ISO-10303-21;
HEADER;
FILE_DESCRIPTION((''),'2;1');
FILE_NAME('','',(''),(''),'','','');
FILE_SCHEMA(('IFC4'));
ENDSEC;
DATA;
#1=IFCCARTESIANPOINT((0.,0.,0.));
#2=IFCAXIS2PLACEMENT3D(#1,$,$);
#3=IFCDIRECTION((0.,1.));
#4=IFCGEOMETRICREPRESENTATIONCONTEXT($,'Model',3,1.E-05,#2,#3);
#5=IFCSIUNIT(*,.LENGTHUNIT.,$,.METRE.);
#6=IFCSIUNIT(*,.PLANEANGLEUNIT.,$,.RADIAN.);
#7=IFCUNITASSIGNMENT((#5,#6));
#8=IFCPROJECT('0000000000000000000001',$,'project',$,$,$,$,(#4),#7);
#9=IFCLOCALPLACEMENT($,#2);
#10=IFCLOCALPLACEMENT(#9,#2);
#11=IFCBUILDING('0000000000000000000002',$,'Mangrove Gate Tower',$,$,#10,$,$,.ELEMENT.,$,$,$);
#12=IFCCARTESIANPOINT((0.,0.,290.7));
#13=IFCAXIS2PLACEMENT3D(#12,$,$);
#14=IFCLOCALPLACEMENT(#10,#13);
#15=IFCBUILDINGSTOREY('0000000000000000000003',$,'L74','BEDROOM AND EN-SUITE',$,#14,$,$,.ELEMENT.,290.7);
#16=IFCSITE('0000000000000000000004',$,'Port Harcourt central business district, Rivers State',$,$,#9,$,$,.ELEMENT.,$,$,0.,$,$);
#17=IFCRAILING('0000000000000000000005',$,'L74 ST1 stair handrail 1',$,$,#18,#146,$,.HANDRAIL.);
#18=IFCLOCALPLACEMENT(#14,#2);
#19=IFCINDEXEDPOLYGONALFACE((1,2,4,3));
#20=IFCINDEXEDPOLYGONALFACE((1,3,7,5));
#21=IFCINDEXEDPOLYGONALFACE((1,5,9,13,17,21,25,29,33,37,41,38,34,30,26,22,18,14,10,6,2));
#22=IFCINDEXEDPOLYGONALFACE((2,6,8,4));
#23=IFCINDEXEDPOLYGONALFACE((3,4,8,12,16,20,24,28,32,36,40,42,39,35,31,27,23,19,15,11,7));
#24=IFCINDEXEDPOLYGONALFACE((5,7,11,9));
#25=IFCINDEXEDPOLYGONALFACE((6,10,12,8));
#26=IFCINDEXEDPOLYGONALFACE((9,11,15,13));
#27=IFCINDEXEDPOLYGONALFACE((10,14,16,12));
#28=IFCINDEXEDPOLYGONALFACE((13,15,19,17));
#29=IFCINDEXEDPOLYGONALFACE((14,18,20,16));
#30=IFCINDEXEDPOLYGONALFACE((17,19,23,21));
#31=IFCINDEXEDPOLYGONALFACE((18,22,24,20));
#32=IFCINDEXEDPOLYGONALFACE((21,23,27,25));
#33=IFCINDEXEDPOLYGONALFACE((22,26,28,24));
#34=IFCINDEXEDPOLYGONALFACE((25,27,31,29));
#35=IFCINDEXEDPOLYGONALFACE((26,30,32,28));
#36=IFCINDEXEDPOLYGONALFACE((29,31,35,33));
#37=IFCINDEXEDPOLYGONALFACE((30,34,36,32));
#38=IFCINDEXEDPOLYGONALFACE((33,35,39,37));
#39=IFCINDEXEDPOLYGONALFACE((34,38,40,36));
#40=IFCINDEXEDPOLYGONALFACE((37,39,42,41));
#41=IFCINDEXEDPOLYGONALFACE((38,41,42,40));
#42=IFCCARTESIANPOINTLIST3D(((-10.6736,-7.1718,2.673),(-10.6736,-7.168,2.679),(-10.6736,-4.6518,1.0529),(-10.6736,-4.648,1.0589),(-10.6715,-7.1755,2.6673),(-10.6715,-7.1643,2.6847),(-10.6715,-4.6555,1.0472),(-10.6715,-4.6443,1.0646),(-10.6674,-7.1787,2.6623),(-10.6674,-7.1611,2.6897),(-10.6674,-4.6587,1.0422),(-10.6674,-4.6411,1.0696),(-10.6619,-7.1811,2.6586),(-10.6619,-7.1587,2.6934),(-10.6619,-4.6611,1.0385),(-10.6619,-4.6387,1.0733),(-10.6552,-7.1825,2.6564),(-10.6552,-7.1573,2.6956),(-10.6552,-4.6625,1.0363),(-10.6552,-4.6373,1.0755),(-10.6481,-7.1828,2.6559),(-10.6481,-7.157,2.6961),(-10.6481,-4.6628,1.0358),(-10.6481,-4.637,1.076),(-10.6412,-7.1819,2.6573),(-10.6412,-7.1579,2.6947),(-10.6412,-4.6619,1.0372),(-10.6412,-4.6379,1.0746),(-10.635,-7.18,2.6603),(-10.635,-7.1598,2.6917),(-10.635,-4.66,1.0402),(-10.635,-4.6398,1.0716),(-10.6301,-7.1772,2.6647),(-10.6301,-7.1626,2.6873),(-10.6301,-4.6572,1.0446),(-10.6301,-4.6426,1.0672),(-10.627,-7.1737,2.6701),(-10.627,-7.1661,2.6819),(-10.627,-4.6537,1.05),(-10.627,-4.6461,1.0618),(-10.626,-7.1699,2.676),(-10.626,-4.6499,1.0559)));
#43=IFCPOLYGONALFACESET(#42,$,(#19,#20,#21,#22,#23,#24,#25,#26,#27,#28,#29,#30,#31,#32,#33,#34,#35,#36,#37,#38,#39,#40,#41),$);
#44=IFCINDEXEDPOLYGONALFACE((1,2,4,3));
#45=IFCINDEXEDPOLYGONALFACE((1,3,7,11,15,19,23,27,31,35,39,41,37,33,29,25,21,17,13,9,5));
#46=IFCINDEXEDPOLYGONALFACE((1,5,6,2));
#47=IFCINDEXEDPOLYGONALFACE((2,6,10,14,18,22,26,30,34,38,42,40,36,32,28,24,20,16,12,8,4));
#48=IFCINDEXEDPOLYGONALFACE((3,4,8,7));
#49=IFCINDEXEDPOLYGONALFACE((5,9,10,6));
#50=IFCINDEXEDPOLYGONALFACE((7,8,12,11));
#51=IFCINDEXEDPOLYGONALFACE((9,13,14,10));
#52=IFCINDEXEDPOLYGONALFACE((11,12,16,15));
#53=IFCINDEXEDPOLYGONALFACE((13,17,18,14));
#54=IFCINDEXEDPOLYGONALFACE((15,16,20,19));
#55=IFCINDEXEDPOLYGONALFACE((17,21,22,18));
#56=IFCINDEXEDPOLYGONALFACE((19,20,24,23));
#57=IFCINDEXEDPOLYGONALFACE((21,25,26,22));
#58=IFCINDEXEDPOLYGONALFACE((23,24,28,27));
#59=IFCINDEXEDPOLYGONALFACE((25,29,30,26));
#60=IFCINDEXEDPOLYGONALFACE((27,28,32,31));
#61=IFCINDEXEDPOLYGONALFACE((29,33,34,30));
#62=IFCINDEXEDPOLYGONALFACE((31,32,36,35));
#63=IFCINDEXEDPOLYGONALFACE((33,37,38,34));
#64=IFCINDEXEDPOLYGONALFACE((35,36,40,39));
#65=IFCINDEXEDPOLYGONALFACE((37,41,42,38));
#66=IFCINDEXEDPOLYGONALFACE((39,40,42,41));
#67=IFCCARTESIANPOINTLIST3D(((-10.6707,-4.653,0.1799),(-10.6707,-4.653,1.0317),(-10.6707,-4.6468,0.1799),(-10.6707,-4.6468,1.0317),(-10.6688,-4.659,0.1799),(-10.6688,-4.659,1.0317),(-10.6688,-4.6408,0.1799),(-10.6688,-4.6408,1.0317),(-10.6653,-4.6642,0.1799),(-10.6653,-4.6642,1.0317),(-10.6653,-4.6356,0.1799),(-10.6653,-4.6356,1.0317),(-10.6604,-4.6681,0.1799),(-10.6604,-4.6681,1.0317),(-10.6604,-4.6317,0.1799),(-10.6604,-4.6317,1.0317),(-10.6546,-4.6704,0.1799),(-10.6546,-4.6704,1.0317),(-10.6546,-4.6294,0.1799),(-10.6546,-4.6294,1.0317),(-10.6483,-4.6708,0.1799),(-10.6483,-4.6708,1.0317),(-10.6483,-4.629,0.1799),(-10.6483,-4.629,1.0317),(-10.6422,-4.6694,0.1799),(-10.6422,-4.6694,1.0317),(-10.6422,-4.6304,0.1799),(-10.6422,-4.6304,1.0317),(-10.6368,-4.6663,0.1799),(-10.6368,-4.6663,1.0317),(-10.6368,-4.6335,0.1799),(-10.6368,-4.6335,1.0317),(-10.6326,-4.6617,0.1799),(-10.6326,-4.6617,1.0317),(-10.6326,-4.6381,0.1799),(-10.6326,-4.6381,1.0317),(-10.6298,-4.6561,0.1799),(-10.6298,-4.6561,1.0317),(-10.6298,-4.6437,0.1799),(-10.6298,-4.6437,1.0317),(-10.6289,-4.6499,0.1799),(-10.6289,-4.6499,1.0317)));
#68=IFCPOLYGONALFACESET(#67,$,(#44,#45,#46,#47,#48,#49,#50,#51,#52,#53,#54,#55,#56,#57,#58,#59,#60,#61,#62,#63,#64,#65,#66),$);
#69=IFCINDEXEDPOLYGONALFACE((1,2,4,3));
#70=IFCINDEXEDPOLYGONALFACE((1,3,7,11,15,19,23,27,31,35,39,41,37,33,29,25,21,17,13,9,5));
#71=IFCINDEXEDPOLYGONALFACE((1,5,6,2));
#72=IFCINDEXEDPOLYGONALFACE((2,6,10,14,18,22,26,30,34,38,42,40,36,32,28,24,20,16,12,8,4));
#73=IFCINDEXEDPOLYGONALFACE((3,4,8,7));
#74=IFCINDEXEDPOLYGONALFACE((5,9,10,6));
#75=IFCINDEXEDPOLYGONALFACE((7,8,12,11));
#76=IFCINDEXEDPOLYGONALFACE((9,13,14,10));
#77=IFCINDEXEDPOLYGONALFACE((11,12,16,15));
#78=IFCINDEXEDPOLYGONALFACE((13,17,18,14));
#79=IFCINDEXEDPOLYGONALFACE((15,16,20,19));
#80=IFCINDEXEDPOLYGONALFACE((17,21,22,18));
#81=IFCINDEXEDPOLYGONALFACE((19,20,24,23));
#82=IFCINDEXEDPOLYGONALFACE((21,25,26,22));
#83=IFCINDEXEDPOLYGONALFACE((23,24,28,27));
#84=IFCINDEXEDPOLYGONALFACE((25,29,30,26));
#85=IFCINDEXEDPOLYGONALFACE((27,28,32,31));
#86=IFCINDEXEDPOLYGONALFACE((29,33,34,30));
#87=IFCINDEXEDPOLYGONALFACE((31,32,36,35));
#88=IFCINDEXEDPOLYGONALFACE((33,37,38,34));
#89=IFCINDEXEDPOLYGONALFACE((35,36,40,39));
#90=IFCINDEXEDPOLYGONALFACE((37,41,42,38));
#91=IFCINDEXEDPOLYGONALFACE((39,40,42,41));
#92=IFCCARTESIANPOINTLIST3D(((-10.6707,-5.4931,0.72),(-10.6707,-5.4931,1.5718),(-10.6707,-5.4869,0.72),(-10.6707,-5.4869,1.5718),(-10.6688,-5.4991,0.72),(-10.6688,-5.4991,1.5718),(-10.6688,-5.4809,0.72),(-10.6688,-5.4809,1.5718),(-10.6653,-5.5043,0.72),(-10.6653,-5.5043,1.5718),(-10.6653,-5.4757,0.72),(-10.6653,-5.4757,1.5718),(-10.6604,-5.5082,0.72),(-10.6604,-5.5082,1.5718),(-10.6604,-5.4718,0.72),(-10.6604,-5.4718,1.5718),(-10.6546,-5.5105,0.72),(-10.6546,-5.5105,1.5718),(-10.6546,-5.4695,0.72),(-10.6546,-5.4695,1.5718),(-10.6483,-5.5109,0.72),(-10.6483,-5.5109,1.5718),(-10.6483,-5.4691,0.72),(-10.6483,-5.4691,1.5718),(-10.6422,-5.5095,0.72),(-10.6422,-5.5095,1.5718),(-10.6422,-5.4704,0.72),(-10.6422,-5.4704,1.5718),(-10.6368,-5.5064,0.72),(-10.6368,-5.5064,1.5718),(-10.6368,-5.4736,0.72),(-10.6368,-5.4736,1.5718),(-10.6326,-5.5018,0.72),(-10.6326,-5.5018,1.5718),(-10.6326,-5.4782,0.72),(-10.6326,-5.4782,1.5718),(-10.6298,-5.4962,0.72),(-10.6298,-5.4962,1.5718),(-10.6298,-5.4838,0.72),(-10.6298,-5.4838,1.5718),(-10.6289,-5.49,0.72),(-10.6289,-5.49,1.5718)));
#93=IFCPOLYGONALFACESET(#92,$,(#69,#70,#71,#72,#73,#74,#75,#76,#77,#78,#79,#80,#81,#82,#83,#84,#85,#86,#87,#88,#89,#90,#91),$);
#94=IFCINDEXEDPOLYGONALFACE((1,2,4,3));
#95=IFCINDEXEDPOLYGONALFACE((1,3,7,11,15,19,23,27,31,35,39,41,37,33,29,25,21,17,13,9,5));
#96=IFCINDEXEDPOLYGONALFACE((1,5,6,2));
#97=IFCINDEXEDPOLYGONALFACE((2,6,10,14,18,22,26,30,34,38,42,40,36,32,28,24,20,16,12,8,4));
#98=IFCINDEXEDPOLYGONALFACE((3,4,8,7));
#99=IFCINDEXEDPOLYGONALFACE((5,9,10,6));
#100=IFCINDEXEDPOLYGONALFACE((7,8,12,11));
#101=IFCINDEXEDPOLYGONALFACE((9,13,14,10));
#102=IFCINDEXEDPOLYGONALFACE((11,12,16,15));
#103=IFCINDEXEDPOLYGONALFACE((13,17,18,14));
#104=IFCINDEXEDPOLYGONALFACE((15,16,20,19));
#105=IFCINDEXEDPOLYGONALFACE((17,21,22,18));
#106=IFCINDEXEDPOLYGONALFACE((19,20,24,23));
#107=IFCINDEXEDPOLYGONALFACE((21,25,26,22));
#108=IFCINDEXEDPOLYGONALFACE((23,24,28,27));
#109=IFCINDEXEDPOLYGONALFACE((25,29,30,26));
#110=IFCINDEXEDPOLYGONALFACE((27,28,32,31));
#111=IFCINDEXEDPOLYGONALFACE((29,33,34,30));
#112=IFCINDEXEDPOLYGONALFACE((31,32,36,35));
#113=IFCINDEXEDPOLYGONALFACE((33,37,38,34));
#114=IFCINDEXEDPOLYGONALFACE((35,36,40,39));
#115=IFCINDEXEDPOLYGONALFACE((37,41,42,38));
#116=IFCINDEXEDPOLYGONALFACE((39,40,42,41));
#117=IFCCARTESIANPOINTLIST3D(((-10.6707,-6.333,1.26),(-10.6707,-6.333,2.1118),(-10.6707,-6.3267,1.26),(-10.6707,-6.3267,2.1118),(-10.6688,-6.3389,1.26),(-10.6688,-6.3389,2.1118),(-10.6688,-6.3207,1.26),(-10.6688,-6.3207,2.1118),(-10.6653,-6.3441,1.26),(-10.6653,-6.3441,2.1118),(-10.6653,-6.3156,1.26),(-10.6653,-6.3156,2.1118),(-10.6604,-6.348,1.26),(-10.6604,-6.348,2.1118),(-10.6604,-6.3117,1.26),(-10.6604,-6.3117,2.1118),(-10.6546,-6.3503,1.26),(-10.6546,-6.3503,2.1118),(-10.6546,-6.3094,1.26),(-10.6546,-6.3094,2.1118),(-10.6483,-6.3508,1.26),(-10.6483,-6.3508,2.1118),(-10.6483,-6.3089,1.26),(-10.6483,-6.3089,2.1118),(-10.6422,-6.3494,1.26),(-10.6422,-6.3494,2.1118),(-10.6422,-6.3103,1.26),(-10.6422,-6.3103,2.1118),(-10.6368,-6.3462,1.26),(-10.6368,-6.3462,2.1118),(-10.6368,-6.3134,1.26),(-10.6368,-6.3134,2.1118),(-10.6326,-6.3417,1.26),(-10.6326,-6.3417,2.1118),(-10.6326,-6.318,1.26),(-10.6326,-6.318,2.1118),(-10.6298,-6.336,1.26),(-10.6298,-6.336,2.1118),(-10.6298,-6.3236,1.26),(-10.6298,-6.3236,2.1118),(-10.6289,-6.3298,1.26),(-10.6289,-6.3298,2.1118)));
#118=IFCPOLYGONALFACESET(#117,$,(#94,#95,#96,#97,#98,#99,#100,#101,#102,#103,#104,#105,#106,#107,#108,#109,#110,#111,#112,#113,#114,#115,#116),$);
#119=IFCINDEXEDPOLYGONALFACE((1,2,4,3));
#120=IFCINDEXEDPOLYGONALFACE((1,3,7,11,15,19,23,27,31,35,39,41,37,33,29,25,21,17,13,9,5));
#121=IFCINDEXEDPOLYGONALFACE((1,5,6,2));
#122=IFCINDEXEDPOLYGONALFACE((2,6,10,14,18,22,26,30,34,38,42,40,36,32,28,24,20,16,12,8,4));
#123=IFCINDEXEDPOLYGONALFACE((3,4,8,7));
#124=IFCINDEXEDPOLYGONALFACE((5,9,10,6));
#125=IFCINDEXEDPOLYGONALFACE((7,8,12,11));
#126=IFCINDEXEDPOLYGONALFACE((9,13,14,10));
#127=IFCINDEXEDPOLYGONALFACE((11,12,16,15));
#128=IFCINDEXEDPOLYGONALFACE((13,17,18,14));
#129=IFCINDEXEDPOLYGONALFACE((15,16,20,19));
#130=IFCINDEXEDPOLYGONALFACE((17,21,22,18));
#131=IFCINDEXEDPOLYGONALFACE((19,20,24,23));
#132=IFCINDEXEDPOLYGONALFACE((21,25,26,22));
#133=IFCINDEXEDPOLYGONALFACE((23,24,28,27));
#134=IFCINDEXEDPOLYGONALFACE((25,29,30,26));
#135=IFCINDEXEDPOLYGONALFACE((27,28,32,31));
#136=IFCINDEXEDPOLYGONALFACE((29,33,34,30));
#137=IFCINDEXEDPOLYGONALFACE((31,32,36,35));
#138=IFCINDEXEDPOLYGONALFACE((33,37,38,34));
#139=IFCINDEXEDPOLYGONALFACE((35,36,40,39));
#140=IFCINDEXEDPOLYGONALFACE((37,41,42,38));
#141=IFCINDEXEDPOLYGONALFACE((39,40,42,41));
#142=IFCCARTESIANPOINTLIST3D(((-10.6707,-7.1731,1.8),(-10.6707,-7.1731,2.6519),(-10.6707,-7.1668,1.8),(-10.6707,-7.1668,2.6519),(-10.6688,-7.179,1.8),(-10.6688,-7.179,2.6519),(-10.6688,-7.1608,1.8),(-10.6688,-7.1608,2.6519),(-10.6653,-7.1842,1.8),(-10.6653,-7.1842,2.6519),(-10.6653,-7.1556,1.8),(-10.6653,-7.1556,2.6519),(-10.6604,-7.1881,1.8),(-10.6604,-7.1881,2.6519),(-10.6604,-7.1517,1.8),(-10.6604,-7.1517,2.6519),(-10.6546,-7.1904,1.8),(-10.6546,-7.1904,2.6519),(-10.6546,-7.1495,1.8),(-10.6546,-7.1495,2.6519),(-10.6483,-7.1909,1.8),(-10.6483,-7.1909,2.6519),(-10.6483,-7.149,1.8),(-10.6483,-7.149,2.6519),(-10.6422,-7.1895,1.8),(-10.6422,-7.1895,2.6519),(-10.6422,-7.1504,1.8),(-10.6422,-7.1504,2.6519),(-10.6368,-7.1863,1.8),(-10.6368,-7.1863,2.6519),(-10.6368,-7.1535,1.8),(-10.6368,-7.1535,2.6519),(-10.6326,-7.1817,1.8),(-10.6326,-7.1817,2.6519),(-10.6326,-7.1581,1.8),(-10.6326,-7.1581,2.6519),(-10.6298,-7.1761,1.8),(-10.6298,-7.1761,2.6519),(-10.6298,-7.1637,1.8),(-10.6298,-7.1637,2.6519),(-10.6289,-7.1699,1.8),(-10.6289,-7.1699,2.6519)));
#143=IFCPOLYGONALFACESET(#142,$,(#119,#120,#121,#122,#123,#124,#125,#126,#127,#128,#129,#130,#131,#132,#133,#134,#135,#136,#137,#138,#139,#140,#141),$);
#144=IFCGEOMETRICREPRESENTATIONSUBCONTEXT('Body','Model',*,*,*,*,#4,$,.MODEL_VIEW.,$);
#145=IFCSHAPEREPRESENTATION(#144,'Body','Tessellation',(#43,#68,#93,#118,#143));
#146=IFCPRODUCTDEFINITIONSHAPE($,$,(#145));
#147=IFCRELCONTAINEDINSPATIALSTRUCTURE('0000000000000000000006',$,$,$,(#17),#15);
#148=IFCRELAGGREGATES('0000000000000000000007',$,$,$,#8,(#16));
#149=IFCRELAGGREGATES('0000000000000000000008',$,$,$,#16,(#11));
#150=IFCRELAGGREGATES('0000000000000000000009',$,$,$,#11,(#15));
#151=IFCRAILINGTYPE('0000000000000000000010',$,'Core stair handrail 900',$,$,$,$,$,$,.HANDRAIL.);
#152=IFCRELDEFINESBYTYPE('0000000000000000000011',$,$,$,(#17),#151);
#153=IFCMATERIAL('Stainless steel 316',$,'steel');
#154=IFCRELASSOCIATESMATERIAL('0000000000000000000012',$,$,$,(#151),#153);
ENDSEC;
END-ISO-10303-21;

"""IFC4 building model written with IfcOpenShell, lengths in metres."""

from ifc_helpers import new_model, si_unit, direction, frame, origin, origin_2d, place, context, subcontext, project, spatial, circle, extrude, material, type_object, element, save


model = new_model("IFC4")

# Units and contexts
model_context = context("Model", 3, precision=1e-05, world=origin(), true_north=direction((0.0, 1.0)))
body_context = subcontext(model_context, "Body", "Model", "MODEL_VIEW")
ifc_project = project(units=[si_unit("LENGTHUNIT", "METRE"), si_unit("PLANEANGLEUNIT", "RADIAN")], contexts=[model_context])

# Site, building, storey
site_placement = place(None, origin())
site = spatial("IfcSite", under=ifc_project, at=site_placement, Name="Port Harcourt central business district, Rivers State", CompositionType="ELEMENT", RefElevation=0.0)
building_placement = place(site_placement, origin())
building = spatial("IfcBuilding", under=site, at=building_placement, Name="Mangrove Gate Tower", CompositionType="ELEMENT")
storey_placement = place(building_placement, frame((0.0, 0.0, 290.7)))
storey = spatial("IfcBuildingStorey", under=building, at=storey_placement, Name="L74", Description="BEDROOM AND EN-SUITE", CompositionType="ELEMENT", Elevation=290.7)

# Railing
ifc_material_1 = material(Name="Stainless steel 316", Category="steel")
railing_type_1 = type_object("IfcRailingType", Name="Core stair handrail 900", PredefinedType="HANDRAIL", material=ifc_material_1)
railing_1_placement = place(storey_placement, frame((-10.6499, -4.6499, 0.1799)))
element("IfcRailing", 1, at=railing_1_placement, inside=storey, type_object=railing_type_1, Name="L74 ST1 stair handrail 1", PredefinedType="HANDRAIL", context=body_context, shape_type="SweptSolid", body=[
    extrude(circle(Radius=0.0239, at=origin_2d()), frame((0.0, 0.0, 0.876), z_axis=(0.0, -0.841163, 0.540782), x_axis=(1.0, 0.0, 0.0)), (0.0, 0.0, 1.0), 2.9958),
    extrude(circle(Radius=0.021, at=origin_2d()), origin(), (0.0, 0.0, 1.0), 0.8518),
    extrude(circle(Radius=0.021, at=origin_2d()), frame((0.0, -0.8401, 0.54)), (0.0, 0.0, 1.0), 0.8518),
    extrude(circle(Radius=0.021, at=origin_2d()), frame((0.0, -1.6799, 1.0801)), (0.0, 0.0, 1.0), 0.8518),
    extrude(circle(Radius=0.021, at=origin_2d()), frame((0.0, -2.52, 1.6201)), (0.0, 0.0, 1.0), 0.8518),
])

save(model, "model.ifc")
